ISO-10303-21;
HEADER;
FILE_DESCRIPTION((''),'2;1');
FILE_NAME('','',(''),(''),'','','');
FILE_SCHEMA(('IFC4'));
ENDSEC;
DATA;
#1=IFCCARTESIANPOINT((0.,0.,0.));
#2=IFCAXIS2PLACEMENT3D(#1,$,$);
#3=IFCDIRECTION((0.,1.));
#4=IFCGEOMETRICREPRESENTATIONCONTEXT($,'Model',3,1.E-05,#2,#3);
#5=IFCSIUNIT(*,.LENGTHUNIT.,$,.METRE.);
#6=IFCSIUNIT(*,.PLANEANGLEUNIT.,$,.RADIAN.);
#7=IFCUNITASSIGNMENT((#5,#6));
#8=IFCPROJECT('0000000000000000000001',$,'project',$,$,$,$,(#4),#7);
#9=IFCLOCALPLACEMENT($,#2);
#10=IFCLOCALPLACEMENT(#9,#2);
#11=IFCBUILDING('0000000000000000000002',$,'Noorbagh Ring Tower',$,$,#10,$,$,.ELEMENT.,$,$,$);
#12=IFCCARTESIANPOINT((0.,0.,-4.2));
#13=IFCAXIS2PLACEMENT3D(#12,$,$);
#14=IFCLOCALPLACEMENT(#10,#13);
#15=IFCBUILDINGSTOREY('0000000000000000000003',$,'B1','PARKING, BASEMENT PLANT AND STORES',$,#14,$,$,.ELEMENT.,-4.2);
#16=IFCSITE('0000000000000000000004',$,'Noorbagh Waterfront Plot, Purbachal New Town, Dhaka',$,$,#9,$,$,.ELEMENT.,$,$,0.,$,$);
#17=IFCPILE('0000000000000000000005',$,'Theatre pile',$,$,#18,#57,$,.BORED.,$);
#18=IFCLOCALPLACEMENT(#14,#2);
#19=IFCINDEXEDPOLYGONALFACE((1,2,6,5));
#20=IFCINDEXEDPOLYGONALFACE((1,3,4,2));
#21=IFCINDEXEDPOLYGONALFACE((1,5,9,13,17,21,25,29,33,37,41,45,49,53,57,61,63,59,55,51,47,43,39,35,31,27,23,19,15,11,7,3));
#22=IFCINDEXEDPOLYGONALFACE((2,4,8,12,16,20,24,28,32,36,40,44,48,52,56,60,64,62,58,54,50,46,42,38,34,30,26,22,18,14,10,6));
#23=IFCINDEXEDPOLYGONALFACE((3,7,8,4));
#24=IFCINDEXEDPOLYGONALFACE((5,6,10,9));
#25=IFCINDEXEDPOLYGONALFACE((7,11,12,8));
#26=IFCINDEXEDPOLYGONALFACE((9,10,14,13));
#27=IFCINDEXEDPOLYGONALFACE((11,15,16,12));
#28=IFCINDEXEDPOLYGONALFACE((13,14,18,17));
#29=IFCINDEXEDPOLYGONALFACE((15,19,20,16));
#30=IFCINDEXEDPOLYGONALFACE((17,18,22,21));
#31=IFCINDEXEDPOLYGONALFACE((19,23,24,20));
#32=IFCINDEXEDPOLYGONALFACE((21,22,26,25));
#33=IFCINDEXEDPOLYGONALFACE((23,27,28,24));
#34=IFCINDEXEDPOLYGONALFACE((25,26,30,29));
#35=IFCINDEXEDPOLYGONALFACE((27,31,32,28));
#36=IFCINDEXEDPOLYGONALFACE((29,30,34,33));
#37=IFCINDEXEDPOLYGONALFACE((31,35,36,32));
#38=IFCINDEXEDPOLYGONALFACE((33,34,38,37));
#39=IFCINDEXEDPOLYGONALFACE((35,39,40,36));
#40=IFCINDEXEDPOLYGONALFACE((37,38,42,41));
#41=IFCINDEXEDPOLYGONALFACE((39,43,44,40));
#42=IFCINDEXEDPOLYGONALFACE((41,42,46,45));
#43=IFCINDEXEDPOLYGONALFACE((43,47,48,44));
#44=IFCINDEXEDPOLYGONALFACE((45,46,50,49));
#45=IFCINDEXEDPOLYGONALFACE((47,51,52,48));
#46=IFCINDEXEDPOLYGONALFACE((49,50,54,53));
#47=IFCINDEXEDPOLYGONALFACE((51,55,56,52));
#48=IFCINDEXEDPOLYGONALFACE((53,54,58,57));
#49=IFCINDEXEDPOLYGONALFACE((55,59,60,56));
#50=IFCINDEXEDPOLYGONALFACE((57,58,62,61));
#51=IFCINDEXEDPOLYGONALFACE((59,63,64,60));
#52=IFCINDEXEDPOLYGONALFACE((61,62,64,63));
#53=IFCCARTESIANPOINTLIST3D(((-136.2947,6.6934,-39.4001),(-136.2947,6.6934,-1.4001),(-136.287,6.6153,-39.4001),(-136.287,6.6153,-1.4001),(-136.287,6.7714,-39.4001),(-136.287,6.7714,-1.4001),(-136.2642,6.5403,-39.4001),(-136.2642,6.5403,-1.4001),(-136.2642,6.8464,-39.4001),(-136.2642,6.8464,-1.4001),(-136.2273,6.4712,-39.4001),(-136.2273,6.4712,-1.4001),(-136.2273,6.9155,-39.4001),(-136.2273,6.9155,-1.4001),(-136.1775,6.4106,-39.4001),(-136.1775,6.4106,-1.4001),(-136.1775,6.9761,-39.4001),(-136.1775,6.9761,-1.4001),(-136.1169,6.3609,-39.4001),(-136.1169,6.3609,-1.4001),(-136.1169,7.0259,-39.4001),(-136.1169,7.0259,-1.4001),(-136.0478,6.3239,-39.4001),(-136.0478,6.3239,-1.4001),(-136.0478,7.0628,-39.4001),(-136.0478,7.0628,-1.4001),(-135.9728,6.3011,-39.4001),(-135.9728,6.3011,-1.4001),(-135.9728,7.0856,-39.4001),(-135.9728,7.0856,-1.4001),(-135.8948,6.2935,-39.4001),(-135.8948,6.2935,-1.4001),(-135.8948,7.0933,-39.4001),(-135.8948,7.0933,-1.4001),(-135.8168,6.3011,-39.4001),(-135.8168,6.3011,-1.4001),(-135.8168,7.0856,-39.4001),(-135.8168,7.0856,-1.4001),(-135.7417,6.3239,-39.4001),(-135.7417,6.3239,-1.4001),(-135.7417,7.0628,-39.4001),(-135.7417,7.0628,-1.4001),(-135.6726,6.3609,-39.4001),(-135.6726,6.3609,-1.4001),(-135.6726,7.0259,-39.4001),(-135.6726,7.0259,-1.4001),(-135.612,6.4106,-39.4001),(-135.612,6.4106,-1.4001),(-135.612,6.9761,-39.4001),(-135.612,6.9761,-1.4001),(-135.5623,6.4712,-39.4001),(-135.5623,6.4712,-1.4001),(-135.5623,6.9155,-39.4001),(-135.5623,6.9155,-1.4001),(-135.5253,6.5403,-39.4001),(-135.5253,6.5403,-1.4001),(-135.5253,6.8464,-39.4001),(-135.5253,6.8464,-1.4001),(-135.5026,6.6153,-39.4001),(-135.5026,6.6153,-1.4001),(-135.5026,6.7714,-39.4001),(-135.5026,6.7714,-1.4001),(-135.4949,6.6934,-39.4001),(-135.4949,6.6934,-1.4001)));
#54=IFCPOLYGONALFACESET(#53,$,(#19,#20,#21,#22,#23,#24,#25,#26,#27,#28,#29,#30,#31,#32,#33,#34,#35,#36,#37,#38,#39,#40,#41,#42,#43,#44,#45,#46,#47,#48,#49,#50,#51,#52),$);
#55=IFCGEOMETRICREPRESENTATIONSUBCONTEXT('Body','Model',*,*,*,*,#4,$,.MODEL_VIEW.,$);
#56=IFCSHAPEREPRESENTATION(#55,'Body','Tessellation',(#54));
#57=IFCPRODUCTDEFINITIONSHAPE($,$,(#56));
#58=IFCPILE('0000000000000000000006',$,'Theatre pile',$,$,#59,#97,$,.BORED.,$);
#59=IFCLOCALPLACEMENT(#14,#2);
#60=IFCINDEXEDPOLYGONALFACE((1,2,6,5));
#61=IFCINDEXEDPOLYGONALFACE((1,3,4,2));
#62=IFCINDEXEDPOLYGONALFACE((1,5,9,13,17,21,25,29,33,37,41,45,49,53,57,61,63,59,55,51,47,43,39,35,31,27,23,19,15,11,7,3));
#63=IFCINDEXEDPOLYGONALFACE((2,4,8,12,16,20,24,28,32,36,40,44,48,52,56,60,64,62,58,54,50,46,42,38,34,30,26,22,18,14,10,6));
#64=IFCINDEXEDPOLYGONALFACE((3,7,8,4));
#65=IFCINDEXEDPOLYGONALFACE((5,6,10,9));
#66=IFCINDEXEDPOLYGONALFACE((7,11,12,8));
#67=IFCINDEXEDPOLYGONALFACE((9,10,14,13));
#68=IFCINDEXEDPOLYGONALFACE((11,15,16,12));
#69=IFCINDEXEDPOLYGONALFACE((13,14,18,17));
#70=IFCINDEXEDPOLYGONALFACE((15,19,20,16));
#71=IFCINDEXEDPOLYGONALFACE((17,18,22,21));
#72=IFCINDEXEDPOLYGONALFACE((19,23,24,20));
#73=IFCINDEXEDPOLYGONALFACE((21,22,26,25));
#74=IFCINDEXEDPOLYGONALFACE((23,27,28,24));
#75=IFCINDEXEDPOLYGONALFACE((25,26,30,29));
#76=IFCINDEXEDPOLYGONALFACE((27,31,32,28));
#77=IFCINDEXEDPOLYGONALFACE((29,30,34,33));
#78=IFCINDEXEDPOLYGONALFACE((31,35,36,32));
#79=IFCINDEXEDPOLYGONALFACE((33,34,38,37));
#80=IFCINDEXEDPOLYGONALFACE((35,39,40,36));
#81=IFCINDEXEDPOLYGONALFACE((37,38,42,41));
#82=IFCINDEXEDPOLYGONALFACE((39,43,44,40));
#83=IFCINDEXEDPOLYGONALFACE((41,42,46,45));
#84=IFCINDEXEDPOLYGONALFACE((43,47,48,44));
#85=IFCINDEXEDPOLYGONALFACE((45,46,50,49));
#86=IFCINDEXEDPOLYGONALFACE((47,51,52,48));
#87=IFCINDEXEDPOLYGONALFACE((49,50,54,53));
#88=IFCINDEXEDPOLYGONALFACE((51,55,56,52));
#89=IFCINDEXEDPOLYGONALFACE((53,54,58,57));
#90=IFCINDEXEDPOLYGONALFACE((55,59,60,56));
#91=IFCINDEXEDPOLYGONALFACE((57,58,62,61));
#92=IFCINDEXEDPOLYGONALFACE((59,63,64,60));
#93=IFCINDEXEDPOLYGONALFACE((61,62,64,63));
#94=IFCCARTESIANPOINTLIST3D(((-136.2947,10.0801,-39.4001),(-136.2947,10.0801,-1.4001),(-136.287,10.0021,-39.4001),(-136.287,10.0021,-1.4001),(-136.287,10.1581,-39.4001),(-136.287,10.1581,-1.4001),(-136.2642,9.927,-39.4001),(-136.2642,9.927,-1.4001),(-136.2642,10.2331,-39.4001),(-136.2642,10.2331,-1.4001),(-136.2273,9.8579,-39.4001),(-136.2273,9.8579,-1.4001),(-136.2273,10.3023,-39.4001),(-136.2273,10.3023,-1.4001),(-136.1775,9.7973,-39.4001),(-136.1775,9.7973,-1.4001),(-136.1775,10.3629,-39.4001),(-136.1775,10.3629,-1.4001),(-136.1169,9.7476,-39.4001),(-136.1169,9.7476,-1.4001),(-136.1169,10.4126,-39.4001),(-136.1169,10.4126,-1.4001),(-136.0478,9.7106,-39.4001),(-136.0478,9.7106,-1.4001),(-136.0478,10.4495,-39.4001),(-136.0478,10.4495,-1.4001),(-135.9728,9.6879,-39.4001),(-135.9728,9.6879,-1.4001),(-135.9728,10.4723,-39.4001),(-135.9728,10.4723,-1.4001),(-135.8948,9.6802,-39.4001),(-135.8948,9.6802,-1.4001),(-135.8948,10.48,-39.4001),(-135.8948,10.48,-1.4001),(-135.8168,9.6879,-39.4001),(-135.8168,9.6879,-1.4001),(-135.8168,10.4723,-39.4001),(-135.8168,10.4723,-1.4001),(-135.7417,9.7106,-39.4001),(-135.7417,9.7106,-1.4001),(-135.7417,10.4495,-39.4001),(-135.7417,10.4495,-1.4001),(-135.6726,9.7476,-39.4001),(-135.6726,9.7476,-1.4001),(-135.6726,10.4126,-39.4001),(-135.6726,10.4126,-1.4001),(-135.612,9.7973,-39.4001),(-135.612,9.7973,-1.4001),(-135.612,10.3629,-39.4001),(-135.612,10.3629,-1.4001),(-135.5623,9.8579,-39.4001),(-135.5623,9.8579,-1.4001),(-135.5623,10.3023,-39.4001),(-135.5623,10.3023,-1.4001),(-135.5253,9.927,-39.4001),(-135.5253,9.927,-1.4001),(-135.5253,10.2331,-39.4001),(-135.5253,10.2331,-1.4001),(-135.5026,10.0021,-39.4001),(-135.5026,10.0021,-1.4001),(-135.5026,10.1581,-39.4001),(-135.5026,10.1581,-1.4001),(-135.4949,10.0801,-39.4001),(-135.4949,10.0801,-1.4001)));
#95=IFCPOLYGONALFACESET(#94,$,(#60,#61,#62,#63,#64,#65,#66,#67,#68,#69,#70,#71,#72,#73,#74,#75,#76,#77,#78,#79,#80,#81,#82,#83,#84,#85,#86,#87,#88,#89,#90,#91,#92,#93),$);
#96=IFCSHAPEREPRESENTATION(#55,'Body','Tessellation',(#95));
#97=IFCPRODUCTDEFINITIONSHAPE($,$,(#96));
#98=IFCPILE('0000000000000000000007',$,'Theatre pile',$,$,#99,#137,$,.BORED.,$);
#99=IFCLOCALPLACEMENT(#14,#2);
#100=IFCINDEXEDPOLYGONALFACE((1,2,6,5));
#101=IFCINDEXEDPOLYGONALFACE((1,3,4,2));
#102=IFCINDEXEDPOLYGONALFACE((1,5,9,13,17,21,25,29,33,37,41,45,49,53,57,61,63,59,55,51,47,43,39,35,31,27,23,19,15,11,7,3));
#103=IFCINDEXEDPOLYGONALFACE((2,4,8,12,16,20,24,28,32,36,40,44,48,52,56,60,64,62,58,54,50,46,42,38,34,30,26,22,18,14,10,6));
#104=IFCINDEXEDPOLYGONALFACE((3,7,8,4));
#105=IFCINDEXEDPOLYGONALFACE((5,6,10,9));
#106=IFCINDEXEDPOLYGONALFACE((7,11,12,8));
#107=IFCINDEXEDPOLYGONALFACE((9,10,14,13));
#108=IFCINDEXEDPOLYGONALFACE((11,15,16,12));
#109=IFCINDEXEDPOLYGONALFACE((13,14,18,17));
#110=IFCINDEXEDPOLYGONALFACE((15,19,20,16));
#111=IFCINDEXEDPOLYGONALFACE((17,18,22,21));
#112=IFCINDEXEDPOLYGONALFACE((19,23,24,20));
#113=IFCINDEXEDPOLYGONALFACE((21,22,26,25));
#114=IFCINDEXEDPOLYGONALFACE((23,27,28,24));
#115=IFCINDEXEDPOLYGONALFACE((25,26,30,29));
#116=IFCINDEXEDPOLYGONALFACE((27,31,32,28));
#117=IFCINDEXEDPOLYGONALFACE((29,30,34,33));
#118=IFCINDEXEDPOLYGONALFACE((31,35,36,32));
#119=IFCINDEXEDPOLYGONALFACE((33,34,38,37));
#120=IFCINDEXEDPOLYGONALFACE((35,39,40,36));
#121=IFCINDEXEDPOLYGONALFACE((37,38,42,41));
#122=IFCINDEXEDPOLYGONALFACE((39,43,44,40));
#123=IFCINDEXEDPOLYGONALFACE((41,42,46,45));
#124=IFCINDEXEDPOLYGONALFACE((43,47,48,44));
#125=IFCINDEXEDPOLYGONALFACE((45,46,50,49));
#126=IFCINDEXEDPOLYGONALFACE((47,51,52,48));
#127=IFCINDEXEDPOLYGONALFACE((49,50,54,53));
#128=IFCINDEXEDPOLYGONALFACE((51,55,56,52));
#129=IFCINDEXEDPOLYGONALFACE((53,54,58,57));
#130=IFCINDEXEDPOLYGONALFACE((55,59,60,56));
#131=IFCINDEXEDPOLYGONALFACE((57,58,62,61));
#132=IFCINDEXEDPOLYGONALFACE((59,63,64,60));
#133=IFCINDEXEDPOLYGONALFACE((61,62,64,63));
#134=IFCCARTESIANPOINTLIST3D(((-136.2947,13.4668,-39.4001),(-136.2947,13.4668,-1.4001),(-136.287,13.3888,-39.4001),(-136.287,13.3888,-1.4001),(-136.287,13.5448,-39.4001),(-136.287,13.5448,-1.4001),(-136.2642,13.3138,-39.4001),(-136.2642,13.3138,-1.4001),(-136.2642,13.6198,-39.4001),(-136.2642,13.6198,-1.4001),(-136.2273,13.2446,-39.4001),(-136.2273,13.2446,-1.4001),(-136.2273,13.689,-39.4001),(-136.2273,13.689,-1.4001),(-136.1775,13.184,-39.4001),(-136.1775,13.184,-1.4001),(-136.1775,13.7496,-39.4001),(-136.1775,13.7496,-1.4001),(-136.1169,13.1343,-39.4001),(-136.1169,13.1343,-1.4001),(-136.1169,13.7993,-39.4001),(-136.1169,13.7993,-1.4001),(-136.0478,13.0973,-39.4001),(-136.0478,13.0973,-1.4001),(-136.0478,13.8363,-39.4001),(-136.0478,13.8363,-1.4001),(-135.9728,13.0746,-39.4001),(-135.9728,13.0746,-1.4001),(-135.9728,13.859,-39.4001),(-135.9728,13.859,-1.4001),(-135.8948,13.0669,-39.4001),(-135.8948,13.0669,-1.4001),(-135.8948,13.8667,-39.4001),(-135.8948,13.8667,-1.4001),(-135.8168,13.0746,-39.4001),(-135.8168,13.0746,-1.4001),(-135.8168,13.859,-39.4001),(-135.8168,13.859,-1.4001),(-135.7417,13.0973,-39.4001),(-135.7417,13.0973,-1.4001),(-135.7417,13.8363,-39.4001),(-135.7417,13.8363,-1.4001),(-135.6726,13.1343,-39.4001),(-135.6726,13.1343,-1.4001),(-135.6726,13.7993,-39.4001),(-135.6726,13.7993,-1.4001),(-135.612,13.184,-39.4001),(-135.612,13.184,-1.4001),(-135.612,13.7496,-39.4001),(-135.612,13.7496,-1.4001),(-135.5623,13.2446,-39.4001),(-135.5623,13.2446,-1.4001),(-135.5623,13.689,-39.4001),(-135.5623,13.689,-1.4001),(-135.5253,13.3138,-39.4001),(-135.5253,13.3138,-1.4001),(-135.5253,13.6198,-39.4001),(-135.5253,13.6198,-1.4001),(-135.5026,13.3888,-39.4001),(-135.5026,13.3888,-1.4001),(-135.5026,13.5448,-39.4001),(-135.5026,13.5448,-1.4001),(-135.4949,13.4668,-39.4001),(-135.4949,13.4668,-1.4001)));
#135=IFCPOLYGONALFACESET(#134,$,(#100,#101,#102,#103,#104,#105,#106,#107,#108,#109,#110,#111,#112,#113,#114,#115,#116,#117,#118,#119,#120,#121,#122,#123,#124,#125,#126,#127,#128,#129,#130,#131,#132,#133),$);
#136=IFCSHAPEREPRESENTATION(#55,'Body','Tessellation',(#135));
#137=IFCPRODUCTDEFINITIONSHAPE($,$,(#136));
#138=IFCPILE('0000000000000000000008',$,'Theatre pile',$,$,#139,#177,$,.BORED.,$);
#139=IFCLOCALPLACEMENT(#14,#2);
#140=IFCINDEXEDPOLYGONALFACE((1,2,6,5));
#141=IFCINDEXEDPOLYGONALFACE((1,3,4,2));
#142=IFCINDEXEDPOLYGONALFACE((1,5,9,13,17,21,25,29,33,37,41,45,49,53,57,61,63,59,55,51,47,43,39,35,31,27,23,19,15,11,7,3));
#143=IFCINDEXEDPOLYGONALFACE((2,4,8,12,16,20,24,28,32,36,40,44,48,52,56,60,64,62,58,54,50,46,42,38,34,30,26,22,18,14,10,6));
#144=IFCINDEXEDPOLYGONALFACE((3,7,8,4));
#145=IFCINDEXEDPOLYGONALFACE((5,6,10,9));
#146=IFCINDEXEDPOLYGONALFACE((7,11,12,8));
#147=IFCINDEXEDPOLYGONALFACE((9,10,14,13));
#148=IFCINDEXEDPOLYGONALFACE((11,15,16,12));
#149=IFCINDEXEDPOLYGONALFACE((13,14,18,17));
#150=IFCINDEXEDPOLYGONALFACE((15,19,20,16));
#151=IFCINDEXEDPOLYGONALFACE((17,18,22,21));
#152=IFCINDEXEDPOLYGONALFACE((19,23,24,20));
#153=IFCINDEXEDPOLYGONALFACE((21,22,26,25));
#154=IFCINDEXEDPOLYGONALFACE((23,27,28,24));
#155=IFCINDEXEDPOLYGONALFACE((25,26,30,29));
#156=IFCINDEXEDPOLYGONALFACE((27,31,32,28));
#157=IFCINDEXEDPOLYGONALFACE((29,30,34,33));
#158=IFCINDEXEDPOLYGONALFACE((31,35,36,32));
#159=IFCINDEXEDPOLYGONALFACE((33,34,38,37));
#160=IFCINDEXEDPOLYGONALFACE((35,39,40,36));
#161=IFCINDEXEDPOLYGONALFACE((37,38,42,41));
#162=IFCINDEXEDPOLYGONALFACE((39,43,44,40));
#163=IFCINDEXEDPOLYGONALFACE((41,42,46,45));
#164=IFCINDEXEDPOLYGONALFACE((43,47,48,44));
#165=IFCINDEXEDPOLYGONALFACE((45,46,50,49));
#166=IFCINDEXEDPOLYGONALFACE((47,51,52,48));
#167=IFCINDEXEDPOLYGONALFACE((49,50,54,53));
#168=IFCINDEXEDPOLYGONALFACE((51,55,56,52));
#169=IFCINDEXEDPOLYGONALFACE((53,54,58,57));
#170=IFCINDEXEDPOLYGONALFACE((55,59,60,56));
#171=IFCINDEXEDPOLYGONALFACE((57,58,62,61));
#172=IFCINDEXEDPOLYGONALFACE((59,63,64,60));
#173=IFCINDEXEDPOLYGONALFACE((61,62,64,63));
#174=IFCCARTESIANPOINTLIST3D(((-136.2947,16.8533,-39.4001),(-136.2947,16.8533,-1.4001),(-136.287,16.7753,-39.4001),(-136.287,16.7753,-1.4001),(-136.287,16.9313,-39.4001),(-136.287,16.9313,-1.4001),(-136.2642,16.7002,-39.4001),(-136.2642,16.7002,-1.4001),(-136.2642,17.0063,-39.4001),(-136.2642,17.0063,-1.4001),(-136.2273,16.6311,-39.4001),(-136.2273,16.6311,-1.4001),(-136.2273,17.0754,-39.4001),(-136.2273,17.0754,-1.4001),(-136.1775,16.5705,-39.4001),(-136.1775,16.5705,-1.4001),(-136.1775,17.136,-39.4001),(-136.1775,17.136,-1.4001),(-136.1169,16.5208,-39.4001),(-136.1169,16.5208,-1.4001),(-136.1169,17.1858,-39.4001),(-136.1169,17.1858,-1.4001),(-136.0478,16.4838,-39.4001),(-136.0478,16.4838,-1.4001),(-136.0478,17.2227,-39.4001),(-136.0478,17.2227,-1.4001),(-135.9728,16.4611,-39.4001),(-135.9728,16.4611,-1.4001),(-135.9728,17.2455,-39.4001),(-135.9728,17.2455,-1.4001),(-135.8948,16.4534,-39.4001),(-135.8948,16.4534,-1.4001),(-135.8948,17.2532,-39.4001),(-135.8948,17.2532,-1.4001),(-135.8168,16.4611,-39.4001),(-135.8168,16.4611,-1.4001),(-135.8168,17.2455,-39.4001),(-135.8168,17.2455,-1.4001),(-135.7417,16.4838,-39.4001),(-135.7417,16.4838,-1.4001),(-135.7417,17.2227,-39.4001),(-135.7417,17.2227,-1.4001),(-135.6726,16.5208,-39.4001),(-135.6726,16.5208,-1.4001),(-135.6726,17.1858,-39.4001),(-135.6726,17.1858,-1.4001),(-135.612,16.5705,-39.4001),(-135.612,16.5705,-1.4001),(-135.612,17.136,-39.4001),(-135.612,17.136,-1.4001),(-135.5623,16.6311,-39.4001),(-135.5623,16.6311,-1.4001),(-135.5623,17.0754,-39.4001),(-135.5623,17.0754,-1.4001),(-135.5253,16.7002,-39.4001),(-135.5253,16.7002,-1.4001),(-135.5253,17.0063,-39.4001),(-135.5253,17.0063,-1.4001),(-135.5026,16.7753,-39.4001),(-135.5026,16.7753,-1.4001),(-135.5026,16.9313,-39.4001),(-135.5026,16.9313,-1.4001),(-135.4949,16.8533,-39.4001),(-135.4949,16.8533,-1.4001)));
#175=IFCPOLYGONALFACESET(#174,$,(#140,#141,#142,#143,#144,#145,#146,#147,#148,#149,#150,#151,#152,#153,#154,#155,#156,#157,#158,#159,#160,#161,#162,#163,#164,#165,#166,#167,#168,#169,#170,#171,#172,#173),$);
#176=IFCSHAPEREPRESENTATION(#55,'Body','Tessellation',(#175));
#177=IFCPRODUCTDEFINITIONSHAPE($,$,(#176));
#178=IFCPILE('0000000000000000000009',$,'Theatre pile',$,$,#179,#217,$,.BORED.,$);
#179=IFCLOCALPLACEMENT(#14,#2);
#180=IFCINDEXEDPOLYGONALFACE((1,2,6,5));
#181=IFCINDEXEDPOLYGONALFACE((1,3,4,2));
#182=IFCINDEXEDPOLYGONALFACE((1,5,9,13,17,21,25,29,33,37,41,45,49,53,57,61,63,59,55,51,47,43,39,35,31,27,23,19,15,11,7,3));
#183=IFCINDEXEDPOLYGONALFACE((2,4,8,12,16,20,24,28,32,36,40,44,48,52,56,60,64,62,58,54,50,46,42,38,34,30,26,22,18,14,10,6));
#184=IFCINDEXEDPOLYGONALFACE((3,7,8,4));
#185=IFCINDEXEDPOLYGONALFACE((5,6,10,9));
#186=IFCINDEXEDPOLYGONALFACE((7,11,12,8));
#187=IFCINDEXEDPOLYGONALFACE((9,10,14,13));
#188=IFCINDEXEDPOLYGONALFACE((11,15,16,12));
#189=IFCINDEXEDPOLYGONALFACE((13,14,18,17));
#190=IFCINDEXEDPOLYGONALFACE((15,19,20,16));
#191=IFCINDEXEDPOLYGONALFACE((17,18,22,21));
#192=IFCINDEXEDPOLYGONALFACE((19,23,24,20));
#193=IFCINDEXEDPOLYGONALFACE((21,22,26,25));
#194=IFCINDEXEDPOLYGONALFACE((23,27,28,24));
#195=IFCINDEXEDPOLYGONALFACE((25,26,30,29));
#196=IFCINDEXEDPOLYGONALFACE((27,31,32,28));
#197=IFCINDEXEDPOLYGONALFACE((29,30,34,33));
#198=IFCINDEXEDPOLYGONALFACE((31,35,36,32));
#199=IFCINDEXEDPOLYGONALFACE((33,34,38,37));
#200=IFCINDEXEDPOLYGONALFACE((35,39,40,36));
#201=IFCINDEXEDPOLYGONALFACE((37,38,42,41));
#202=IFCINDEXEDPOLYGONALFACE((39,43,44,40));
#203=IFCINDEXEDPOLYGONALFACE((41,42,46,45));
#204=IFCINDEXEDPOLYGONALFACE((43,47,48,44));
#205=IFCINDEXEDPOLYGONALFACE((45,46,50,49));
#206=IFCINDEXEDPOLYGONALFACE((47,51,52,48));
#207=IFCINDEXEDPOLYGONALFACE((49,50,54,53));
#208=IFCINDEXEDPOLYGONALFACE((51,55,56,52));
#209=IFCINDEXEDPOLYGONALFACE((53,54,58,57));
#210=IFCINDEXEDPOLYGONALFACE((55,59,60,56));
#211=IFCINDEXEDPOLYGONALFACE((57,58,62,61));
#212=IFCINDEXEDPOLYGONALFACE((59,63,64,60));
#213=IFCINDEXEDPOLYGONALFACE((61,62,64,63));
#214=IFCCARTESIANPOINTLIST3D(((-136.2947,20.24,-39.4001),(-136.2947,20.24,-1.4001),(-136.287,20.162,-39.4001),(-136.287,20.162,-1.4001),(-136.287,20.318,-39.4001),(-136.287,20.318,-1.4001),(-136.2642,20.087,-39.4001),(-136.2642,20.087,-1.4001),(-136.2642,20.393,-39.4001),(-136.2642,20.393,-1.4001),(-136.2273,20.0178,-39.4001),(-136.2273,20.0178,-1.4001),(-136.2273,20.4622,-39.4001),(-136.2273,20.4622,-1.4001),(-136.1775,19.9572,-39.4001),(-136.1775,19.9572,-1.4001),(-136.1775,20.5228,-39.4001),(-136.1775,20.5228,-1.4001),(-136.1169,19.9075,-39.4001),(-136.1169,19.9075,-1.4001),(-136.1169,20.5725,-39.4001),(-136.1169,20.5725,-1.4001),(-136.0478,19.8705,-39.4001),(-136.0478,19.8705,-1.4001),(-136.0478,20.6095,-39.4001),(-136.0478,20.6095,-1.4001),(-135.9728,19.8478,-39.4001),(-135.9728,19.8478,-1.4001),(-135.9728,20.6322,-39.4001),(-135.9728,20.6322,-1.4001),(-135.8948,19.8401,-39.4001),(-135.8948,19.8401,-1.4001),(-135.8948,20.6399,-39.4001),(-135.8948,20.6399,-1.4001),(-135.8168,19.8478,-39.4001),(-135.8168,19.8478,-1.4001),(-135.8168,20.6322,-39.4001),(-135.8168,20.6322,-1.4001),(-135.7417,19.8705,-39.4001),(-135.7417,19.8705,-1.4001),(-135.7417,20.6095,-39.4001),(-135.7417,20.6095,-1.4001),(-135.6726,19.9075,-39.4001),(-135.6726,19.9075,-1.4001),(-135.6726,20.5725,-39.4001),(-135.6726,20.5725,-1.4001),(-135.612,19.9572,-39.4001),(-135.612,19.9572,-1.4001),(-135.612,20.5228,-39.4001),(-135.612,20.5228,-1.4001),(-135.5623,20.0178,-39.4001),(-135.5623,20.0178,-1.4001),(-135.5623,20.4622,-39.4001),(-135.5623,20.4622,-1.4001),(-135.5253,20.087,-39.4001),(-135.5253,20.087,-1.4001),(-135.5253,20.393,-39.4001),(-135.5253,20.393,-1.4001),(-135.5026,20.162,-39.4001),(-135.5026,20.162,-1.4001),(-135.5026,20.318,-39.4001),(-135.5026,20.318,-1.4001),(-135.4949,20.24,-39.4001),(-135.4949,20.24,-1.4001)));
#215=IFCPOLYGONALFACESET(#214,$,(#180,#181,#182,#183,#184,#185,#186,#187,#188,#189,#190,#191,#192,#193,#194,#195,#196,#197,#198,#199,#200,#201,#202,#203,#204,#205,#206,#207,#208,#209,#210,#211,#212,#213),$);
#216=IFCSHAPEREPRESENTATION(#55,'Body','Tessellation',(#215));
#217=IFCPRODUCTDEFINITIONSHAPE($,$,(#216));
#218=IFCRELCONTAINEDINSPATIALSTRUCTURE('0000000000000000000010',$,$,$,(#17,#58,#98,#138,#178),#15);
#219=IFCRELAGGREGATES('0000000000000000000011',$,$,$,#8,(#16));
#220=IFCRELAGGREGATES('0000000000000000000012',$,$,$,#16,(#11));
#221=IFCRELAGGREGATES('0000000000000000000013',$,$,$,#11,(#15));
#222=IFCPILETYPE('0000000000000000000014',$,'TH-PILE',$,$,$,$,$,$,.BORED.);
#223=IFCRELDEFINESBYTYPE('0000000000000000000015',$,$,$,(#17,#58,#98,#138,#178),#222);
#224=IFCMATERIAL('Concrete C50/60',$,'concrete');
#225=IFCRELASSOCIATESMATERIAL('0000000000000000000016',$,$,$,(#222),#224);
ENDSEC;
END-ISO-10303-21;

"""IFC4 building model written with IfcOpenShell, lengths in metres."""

from ifc_helpers import new_model, si_unit, direction, frame, origin, origin_2d, place, context, subcontext, project, spatial, circle, extrude, material, material_profile, profile_set, type_object, element, save


model = new_model("IFC4")

# Units and contexts
model_context = context("Model", 3, precision=1e-05, world=origin(), true_north=direction((0.0, 1.0)))
body_context = subcontext(model_context, "Body", "Model", "MODEL_VIEW")
ifc_project = project(units=[si_unit("LENGTHUNIT", "METRE"), si_unit("PLANEANGLEUNIT", "RADIAN")], contexts=[model_context])

# Site, building, storey
site_placement = place(None, origin())
site = spatial("IfcSite", under=ifc_project, at=site_placement, Name="Noorbagh Waterfront Plot, Purbachal New Town, Dhaka", CompositionType="ELEMENT", RefElevation=0.0)
building_placement = place(site_placement, origin())
building = spatial("IfcBuilding", under=site, at=building_placement, Name="Noorbagh Ring Tower", CompositionType="ELEMENT")
storey_placement = place(building_placement, frame((0.0, 0.0, -4.2)))
storey = spatial("IfcBuildingStorey", under=building, at=storey_placement, Name="B1", Description="PARKING, BASEMENT PLANT AND STORES", CompositionType="ELEMENT", Elevation=-4.2)

# Piles
ifc_material_1 = material(Name="Concrete C50/60", Category="concrete")
ifc_material_profile = material_profile(ifc_material_1, circle(Radius=0.3999, at=origin_2d()), Name="PILE800")
ifc_profile_set = profile_set([ifc_material_profile], Name="Concrete C50/60")
pile_type = type_object("IfcPileType", Name="TH-PILE", PredefinedType="BORED", material=ifc_profile_set)
for number, where, z_axis, x_axis, name in (
    (1, (-135.8948, 6.6934, -1.4001), (0.0, 0.0, -1.0), (1.0, 0.0, 0.0), "Theatre pile"),
    (2, (-135.8948, 10.0801, -1.4001), (0.0, 0.0, -1.0), (1.0, 0.0, 0.0), "Theatre pile"),
    (3, (-135.8948, 13.4668, -1.4001), (0.0, 0.0, -1.0), (1.0, 0.0, 0.0), "Theatre pile"),
    (4, (-135.8948, 16.8533, -1.4001), (0.0, 0.0, -1.0), (1.0, 0.0, 0.0), "Theatre pile"),
    (5, (-135.8948, 20.24, -1.4001), (0.0, 0.0, -1.0), (1.0, 0.0, 0.0), "Theatre pile"),
):
    element("IfcPile", number, at=place(storey_placement, frame(where, z_axis=z_axis, x_axis=x_axis)), inside=storey, type_object=pile_type, Name=name, PredefinedType="BORED", context=body_context, shape_type="SweptSolid", body=[
        extrude(circle(Radius=0.3999, at=origin_2d()), origin(), (0.0, 0.0, 1.0), 38.0),
    ])

save(model, "model.ifc")
